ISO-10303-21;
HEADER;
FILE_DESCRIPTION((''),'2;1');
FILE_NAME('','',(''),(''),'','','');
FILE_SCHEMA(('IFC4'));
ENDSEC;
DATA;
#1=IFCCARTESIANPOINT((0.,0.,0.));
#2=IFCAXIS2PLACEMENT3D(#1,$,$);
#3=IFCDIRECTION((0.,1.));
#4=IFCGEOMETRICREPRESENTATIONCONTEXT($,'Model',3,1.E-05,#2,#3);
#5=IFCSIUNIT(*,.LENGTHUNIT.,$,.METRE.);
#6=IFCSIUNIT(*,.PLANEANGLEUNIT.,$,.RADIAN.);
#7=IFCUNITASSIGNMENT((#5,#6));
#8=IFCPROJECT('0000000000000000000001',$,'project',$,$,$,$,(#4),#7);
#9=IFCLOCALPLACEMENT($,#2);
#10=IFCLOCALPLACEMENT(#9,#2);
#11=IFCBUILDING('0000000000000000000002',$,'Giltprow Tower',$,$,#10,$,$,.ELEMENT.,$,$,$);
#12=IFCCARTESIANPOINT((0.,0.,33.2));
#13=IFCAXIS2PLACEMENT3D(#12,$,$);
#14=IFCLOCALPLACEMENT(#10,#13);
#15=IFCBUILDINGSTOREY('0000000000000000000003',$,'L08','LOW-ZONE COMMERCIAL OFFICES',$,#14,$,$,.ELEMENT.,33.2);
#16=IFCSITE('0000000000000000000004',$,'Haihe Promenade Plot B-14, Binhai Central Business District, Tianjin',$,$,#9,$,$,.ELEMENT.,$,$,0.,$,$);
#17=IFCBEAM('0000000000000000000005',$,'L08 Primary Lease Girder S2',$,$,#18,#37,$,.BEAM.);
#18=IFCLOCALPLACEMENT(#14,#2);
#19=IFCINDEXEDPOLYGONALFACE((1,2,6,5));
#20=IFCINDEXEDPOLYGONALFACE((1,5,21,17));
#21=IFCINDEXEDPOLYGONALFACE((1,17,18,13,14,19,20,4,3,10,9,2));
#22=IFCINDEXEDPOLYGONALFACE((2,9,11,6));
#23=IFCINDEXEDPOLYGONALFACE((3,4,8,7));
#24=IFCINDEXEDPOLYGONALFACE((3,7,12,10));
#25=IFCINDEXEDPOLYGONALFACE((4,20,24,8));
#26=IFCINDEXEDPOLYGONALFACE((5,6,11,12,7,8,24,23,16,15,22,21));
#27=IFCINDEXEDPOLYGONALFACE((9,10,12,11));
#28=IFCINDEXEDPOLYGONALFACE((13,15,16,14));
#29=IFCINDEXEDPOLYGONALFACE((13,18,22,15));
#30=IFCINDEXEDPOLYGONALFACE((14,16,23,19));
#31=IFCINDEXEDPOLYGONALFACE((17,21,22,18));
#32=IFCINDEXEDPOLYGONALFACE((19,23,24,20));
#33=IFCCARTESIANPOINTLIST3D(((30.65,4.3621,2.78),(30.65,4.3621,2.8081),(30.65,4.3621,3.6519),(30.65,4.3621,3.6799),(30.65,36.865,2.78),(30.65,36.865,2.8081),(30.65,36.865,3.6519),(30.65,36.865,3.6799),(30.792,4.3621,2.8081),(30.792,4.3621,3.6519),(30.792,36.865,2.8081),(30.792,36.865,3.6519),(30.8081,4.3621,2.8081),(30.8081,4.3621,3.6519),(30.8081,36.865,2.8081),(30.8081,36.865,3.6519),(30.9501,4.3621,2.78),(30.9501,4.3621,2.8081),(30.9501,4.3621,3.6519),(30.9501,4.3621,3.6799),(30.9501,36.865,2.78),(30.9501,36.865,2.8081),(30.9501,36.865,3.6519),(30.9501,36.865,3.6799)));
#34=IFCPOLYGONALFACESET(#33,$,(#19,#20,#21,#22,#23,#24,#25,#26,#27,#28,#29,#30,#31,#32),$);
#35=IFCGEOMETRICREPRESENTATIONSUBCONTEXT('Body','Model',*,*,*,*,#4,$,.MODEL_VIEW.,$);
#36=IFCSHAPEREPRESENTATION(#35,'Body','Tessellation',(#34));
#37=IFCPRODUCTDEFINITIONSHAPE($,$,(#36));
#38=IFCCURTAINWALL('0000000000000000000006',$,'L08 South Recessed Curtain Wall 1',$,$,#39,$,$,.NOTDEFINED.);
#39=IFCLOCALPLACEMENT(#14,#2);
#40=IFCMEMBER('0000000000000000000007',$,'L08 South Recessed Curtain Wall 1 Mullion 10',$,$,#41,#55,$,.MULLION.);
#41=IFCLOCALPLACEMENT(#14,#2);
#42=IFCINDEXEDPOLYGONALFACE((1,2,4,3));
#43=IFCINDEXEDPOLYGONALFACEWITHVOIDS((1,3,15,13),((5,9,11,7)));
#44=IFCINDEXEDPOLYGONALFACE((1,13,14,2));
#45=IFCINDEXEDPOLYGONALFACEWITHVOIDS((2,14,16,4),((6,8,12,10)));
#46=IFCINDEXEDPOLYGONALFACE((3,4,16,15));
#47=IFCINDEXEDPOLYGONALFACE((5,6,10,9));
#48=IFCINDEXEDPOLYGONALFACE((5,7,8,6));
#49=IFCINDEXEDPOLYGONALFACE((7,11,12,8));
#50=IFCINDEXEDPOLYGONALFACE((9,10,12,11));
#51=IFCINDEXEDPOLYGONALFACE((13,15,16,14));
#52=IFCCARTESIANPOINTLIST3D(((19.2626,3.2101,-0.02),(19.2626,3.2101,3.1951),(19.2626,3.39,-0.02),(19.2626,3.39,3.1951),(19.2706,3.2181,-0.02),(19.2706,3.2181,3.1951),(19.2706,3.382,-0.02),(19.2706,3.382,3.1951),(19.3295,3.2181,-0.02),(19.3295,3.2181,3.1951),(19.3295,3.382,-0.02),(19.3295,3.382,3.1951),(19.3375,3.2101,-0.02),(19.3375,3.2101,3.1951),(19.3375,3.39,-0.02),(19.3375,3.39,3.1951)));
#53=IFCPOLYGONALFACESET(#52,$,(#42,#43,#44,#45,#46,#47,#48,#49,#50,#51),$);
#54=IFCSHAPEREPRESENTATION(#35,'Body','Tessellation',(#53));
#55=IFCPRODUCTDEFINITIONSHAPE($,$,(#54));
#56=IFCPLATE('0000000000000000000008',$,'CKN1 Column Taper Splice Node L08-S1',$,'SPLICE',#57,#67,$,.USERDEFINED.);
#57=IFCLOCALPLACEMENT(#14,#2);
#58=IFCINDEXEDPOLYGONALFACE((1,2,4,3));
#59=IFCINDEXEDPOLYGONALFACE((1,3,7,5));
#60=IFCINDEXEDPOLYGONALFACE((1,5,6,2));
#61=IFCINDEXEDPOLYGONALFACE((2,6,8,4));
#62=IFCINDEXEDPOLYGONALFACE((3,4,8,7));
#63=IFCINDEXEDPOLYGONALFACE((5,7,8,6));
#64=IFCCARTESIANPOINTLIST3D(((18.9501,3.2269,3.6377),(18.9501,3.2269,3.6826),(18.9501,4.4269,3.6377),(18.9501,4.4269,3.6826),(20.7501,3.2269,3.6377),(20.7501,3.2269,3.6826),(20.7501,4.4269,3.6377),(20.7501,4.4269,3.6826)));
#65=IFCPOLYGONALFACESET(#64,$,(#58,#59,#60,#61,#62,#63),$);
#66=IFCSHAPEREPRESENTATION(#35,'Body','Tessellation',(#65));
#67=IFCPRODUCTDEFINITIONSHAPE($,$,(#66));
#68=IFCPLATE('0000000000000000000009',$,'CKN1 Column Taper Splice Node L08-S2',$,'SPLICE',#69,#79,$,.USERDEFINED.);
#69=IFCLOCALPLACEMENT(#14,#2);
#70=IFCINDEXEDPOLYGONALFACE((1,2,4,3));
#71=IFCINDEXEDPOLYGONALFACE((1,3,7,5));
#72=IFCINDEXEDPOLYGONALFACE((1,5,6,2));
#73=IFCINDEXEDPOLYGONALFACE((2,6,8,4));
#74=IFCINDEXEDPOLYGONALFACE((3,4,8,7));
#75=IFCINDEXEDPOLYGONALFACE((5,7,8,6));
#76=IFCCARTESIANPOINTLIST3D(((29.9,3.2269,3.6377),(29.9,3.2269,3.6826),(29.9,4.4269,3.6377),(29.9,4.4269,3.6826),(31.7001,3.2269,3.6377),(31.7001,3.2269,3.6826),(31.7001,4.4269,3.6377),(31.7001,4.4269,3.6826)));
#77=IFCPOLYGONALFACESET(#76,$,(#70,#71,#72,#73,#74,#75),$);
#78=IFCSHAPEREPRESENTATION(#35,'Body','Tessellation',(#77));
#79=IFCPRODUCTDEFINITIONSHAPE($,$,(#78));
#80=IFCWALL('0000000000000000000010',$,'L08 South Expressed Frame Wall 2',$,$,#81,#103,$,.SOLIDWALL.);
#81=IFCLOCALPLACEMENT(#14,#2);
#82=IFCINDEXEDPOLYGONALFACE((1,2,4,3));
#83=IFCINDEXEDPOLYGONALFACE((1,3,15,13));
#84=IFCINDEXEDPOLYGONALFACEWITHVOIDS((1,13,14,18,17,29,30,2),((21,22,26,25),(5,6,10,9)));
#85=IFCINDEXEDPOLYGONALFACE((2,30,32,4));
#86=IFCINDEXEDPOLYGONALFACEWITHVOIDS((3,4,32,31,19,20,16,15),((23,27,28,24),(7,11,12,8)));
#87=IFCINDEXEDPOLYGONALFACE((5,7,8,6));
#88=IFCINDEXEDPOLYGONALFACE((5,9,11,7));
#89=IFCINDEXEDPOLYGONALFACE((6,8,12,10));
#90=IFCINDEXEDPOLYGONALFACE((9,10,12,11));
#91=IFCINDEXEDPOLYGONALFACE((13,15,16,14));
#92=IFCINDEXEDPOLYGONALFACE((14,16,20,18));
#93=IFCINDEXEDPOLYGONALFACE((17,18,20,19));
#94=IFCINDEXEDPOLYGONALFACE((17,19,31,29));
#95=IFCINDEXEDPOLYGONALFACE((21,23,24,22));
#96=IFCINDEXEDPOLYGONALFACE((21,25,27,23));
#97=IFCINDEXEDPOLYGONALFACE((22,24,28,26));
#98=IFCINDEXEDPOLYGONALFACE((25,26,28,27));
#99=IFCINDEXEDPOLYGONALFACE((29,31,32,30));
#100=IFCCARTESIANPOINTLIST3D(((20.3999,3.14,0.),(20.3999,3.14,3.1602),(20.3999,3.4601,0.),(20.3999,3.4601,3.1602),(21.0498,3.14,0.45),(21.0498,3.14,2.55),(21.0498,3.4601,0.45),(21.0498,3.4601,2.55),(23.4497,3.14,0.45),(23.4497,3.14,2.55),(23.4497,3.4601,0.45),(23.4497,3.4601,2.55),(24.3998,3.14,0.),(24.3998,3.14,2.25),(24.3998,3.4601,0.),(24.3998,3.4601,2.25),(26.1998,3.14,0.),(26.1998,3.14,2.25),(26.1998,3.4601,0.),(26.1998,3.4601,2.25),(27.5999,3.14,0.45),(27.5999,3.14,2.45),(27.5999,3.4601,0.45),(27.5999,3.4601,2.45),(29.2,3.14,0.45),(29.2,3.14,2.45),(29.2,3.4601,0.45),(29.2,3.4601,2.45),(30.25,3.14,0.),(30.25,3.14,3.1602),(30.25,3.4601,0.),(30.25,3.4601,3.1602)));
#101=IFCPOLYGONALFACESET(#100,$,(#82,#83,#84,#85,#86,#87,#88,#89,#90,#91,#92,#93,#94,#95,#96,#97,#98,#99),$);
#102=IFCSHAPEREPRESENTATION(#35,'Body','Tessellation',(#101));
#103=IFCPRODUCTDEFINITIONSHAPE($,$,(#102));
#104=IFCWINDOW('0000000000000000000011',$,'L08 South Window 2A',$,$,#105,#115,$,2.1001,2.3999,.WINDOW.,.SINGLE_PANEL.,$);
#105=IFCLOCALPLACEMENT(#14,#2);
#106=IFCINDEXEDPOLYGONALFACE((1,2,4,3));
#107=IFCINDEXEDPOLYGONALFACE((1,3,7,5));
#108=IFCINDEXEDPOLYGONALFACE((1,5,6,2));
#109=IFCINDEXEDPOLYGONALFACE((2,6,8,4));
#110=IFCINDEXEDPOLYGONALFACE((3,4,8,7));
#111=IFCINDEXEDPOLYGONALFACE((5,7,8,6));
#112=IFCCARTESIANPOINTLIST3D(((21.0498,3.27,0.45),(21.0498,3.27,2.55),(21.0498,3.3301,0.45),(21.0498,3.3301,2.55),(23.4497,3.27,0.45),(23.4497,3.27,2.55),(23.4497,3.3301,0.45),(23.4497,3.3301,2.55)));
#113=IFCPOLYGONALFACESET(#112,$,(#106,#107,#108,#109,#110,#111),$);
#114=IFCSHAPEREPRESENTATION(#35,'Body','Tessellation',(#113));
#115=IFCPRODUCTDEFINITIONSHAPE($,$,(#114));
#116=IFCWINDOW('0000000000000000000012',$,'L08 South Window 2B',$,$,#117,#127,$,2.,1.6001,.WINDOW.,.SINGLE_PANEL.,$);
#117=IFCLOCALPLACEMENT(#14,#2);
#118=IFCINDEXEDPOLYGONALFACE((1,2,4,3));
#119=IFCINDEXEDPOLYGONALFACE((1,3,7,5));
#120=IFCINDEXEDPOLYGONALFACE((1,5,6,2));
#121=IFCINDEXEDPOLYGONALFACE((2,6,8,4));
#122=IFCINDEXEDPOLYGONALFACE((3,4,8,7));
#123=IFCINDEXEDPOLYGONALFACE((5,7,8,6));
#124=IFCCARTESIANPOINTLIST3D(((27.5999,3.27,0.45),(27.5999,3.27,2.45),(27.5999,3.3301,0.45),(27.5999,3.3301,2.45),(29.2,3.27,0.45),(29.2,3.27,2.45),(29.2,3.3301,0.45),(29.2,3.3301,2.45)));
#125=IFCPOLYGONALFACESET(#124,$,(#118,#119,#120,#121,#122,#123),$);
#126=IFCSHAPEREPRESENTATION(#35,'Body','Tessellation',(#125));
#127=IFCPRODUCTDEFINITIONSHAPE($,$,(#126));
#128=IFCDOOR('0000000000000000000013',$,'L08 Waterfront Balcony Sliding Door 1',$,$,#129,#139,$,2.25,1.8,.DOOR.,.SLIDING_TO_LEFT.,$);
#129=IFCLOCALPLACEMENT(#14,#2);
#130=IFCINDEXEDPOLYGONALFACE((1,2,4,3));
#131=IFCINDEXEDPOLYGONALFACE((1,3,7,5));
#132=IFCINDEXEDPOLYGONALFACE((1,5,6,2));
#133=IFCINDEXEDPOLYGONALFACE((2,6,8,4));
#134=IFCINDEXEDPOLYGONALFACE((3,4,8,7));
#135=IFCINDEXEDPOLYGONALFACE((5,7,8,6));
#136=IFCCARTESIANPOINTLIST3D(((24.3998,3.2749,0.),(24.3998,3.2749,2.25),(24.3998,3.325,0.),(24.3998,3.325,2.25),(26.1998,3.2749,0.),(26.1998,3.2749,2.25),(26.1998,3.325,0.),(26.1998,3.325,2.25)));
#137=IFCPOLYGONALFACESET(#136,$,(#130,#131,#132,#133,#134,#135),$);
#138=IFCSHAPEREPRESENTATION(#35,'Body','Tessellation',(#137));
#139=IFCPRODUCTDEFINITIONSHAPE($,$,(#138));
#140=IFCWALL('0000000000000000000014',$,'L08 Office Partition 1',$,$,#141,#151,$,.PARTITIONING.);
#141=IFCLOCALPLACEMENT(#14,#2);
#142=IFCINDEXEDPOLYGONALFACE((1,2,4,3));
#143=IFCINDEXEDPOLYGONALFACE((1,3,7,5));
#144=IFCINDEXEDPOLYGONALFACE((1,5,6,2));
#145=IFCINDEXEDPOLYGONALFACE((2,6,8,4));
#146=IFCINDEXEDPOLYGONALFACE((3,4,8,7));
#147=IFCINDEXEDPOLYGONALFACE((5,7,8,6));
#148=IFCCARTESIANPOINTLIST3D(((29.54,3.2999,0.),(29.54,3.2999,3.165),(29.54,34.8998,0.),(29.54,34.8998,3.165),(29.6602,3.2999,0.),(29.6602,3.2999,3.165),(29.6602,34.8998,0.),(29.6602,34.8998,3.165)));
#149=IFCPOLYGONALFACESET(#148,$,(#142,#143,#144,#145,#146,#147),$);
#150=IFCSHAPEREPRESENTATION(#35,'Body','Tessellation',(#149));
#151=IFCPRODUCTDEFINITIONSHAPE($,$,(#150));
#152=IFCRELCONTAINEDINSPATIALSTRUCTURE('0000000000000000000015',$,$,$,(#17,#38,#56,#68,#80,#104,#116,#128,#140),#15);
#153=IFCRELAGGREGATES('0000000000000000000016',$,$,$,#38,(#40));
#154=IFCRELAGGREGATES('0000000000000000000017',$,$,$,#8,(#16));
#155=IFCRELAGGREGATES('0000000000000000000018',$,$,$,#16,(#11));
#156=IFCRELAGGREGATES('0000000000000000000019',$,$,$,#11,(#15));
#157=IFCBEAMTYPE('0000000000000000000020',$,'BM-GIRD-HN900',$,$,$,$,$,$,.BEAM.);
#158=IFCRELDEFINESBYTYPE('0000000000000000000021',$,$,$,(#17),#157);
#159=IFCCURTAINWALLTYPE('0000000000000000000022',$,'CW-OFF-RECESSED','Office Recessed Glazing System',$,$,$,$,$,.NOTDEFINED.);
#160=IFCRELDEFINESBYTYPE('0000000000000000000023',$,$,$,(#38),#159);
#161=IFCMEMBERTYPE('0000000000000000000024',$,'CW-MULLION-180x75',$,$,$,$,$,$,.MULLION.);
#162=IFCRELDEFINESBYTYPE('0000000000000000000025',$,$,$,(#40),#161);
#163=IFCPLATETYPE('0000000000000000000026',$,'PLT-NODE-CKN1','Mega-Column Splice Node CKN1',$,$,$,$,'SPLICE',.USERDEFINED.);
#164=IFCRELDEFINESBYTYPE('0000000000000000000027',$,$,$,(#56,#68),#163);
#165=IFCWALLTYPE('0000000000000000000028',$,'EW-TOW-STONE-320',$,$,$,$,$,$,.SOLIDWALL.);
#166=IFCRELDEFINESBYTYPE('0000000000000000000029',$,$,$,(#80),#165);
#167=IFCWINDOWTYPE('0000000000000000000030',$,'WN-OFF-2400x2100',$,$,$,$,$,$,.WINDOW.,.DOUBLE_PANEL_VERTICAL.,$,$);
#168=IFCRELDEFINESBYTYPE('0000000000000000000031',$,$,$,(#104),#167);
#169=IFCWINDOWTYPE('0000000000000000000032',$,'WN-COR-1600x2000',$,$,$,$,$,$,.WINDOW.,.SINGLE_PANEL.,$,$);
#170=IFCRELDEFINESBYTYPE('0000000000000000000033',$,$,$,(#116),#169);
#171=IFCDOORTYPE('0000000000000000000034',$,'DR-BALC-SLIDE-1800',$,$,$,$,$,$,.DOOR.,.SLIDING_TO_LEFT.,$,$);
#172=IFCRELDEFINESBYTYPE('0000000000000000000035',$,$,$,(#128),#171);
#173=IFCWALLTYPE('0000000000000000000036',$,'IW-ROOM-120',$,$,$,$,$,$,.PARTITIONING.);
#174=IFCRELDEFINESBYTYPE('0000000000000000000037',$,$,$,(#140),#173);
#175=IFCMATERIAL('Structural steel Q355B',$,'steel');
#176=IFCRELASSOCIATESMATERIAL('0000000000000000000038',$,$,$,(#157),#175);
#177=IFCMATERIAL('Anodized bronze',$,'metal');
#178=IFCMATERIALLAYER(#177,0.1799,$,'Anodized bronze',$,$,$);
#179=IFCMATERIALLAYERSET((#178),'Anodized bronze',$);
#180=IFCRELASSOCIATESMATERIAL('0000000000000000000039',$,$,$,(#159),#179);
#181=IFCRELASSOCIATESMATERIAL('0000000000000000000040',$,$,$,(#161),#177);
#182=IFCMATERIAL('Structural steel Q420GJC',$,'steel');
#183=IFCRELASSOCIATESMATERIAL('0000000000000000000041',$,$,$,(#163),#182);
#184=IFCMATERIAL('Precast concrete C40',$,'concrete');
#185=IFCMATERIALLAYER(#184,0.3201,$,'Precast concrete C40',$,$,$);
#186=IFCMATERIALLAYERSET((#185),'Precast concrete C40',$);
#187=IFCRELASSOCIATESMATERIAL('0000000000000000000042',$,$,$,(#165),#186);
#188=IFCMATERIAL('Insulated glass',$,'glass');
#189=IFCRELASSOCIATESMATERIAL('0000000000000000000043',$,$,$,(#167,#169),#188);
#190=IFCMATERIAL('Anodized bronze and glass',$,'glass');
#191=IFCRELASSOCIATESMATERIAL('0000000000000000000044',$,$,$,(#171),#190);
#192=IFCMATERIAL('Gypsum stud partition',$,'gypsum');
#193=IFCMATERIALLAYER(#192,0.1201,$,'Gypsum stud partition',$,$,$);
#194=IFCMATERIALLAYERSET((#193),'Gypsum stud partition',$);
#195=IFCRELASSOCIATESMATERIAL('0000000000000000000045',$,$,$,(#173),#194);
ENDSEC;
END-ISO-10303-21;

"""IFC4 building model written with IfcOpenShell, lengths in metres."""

from ifc_helpers import new_model, si_unit, direction, frame, frame_2d, origin, origin_2d, place, context, subcontext, project, spatial, rectangle, hollow_rectangle, i_section, extrude, source, transform, mapped, material, layer, layer_set, material_profile, profile_set, type_object, element, fill, aggregate, save


model = new_model("IFC4")

# Units and contexts
model_context = context("Model", 3, precision=1e-05, world=origin(), true_north=direction((0.0, 1.0)))
body_context = subcontext(model_context, "Body", "Model", "MODEL_VIEW")
ifc_project = project(units=[si_unit("LENGTHUNIT", "METRE"), si_unit("PLANEANGLEUNIT", "RADIAN")], contexts=[model_context])

# Site, building, storey
site_placement = place(None, origin())
site = spatial("IfcSite", under=ifc_project, at=site_placement, Name="Haihe Promenade Plot B-14, Binhai Central Business District, Tianjin", CompositionType="ELEMENT", RefElevation=0.0)
building_placement = place(site_placement, origin())
building = spatial("IfcBuilding", under=site, at=building_placement, Name="Giltprow Tower", CompositionType="ELEMENT")
storey_placement = place(building_placement, frame((0.0, 0.0, 33.2)))
storey = spatial("IfcBuildingStorey", under=building, at=storey_placement, Name="L08", Description="LOW-ZONE COMMERCIAL OFFICES", CompositionType="ELEMENT", Elevation=33.2)

# Shared definitions
ifc_material_1 = material(Name="Structural steel Q420GJC", Category="steel")

# Beam
ifc_material_2 = material(Name="Structural steel Q355B", Category="steel")
ifc_material_profile_1 = material_profile(ifc_material_2, i_section(OverallWidth=0.3, OverallDepth=0.8999, WebThickness=0.0161, FlangeThickness=0.0281, at=origin_2d()), Name="HN 900x300x16x28")
ifc_profile_set_1 = profile_set([ifc_material_profile_1], Name="Structural steel Q355B")
beam_type_1 = type_object("IfcBeamType", Name="BM-GIRD-HN900", PredefinedType="BEAM", material=ifc_profile_set_1)
shared_shape_1 = source(origin(), body_context, "Body", "SweptSolid", [
    extrude(i_section(OverallWidth=0.3, OverallDepth=0.8999, WebThickness=0.0161, FlangeThickness=0.0281, at=origin_2d()), origin(), (0.0, 0.0, 1.0), 32.5029),
])
for number, where, z_axis, x_axis, name in (
    (1, (30.8, 4.3621, 3.23), (0.0, 1.0, 0.0), (-1.0, 0.0, 0.0), "L08 Primary Lease Girder S2"),
):
    element("IfcBeam", number, at=place(storey_placement, frame(where, z_axis=z_axis, x_axis=x_axis)), inside=storey, type_object=beam_type_1, Name=name, PredefinedType="BEAM", context=body_context, shape_type="MappedRepresentation", body=[
        mapped(shared_shape_1, transform((0.0, 0.0, 0.0), x_axis=(1.0, 0.0, 0.0), y_axis=(0.0, 1.0, 0.0), z_axis=(0.0, 0.0, 1.0), scale=1.0)),
    ])

# Curtain wall, member
ifc_material_3 = material(Name="Anodized bronze", Category="metal")
ifc_layer_1 = layer(ifc_material_3, 0.1799, Name="Anodized bronze")
ifc_layer_set_1 = layer_set([ifc_layer_1], Name="Anodized bronze")
curtain_wall_type = type_object("IfcCurtainWallType", Name="CW-OFF-RECESSED", Description="Office Recessed Glazing System", PredefinedType="NOTDEFINED", material=ifc_layer_set_1)
curtain_wall_placement = place(storey_placement, origin())
curtain_wall = element("IfcCurtainWall", 2, at=curtain_wall_placement, inside=storey, type_object=curtain_wall_type, Name="L08 South Recessed Curtain Wall 1", PredefinedType="NOTDEFINED")
ifc_material_profile_2 = material_profile(ifc_material_3, hollow_rectangle(XDim=0.075, YDim=0.1799, WallThickness=0.0081, at=origin_2d()), Name="RHS 180x75x8")
ifc_profile_set_2 = profile_set([ifc_material_profile_2], Name="Anodized bronze")
member_type = type_object("IfcMemberType", Name="CW-MULLION-180x75", PredefinedType="MULLION", material=ifc_profile_set_2)
shared_shape_2 = source(origin(), body_context, "Body", "SweptSolid", [
    extrude(hollow_rectangle(XDim=0.075, YDim=0.1799, WallThickness=0.0081, at=origin_2d()), origin(), (0.0, 0.0, 1.0), 3.2151),
])
member_placement = place(storey_placement, frame((19.3, 3.3, -0.02), z_axis=(0.0, 0.0, 1.0), x_axis=(1.0, 0.0, 0.0)))
member = element("IfcMember", 3, at=member_placement, type_object=member_type, Name="L08 South Recessed Curtain Wall 1 Mullion 10", PredefinedType="MULLION", context=body_context, shape_type="MappedRepresentation", body=[
    mapped(shared_shape_2, transform((0.0, 0.0, 0.0), x_axis=(1.0, 0.0, 0.0), y_axis=(0.0, 1.0, 0.0), z_axis=(0.0, 0.0, 1.0), scale=1.0)),
])
aggregate(curtain_wall, [member])

# Plates
plate_type = type_object("IfcPlateType", Name="PLT-NODE-CKN1", Description="Mega-Column Splice Node CKN1", ElementType="SPLICE", PredefinedType="USERDEFINED", material=ifc_material_1)
shared_shape_3 = source(origin(), body_context, "Body", "SweptSolid", [
    extrude(rectangle(XDim=1.8, YDim=1.2, at=origin_2d()), origin(), (0.0, 0.0, 1.0), 0.0449),
])
for number, where, z_axis, x_axis, name in (
    (4, (19.8501, 3.8269, 3.6377), (0.0, 0.0, 1.0), (1.0, 0.0, 0.0), "CKN1 Column Taper Splice Node L08-S1"),
    (5, (30.8, 3.8269, 3.6377), (0.0, 0.0, 1.0), (1.0, 0.0, 0.0), "CKN1 Column Taper Splice Node L08-S2"),
):
    element("IfcPlate", number, at=place(storey_placement, frame(where, z_axis=z_axis, x_axis=x_axis)), inside=storey, type_object=plate_type, Name=name, ObjectType="SPLICE", PredefinedType="USERDEFINED", context=body_context, shape_type="MappedRepresentation", body=[
        mapped(shared_shape_3, transform((0.0, 0.0, 0.0), x_axis=(1.0, 0.0, 0.0), y_axis=(0.0, 1.0, 0.0), z_axis=(0.0, 0.0, 1.0), scale=1.0)),
    ])

# Wall, openings, windows, door
ifc_material_4 = material(Name="Precast concrete C40", Category="concrete")
ifc_layer_2 = layer(ifc_material_4, 0.3201, Name="Precast concrete C40")
ifc_layer_set_2 = layer_set([ifc_layer_2], Name="Precast concrete C40")
wall_type_1 = type_object("IfcWallType", Name="EW-TOW-STONE-320", PredefinedType="SOLIDWALL", material=ifc_layer_set_2)
wall_1_placement = place(storey_placement, frame((20.3999, 3.3, 0.0), z_axis=(0.0, 0.0, 1.0), x_axis=(1.0, 0.0, 0.0)))
wall_1 = element("IfcWall", 6, at=wall_1_placement, inside=storey, type_object=wall_type_1, Name="L08 South Expressed Frame Wall 2", PredefinedType="SOLIDWALL", context=body_context, shape_type="SweptSolid", body=[
    extrude(rectangle(XDim=9.8501, YDim=0.3201, at=frame_2d((4.925, 0.0))), origin(), (0.0, 0.0, 1.0), 3.1602),
])
opening_1_placement = place(wall_1_placement, frame((4.0, 0.0, 0.0)))
opening_1 = element("IfcOpeningElement", 7, at=opening_1_placement, cuts=wall_1, PredefinedType="OPENING", context=body_context, shape_type="SweptSolid", body=[
    extrude(rectangle(XDim=1.8, YDim=2.25, at=frame_2d((0.8999, 1.125))), frame((0.0, 0.1699, 0.0), z_axis=(0.0, -1.0, 0.0), x_axis=(1.0, 0.0, 0.0)), (0.0, 0.0, 1.0), 0.3401),
])
opening_2_placement = place(wall_1_placement, frame((0.6499, 0.0, 0.45)))
opening_2 = element("IfcOpeningElement", 8, at=opening_2_placement, cuts=wall_1, PredefinedType="OPENING", context=body_context, shape_type="SweptSolid", body=[
    extrude(rectangle(XDim=2.3999, YDim=2.1001, at=frame_2d((1.2, 1.05))), frame((0.0, 0.1699, 0.0), z_axis=(0.0, -1.0, 0.0), x_axis=(1.0, 0.0, 0.0)), (0.0, 0.0, 1.0), 0.3401),
])
opening_3_placement = place(wall_1_placement, frame((7.2, 0.0, 0.45)))
opening_3 = element("IfcOpeningElement", 9, at=opening_3_placement, cuts=wall_1, PredefinedType="OPENING", context=body_context, shape_type="SweptSolid", body=[
    extrude(rectangle(XDim=1.6001, YDim=2.0, at=frame_2d((0.8, 1.0))), frame((0.0, 0.1699, 0.0), z_axis=(0.0, -1.0, 0.0), x_axis=(1.0, 0.0, 0.0)), (0.0, 0.0, 1.0), 0.3401),
])
ifc_material_5 = material(Name="Insulated glass", Category="glass")
window_type_1 = type_object("IfcWindowType", Name="WN-OFF-2400x2100", PartitioningType="DOUBLE_PANEL_VERTICAL", PredefinedType="WINDOW", material=ifc_material_5)
shared_shape_4 = source(origin(), body_context, "Body", "SweptSolid", [
    extrude(rectangle(XDim=2.3999, YDim=2.1001, at=frame_2d((1.2, 1.05))), frame((0.0, 0.03, 0.0), z_axis=(0.0, -1.0, 0.0), x_axis=(1.0, 0.0, 0.0)), (0.0, 0.0, 1.0), 0.0601),
])
window_1_placement = place(opening_2_placement, origin())
window_1 = element("IfcWindow", 10, at=window_1_placement, inside=storey, type_object=window_type_1, Name="L08 South Window 2A", OverallHeight=2.1001, OverallWidth=2.3999, PartitioningType="SINGLE_PANEL", PredefinedType="WINDOW", context=body_context, shape_type="MappedRepresentation", body=[
    mapped(shared_shape_4, transform((0.0, 0.0, 0.0), x_axis=(1.0, 0.0, 0.0), y_axis=(0.0, 1.0, 0.0), z_axis=(0.0, 0.0, 1.0), scale=1.0)),
])
fill(opening_2, window_1)
window_type_2 = type_object("IfcWindowType", Name="WN-COR-1600x2000", PartitioningType="SINGLE_PANEL", PredefinedType="WINDOW", material=ifc_material_5)
shared_shape_5 = source(origin(), body_context, "Body", "SweptSolid", [
    extrude(rectangle(XDim=1.6001, YDim=2.0, at=frame_2d((0.8, 1.0))), frame((0.0, 0.03, 0.0), z_axis=(0.0, -1.0, 0.0), x_axis=(1.0, 0.0, 0.0)), (0.0, 0.0, 1.0), 0.0601),
])
window_2_placement = place(opening_3_placement, origin())
window_2 = element("IfcWindow", 11, at=window_2_placement, inside=storey, type_object=window_type_2, Name="L08 South Window 2B", OverallHeight=2.0, OverallWidth=1.6001, PartitioningType="SINGLE_PANEL", PredefinedType="WINDOW", context=body_context, shape_type="MappedRepresentation", body=[
    mapped(shared_shape_5, transform((0.0, 0.0, 0.0), x_axis=(1.0, 0.0, 0.0), y_axis=(0.0, 1.0, 0.0), z_axis=(0.0, 0.0, 1.0), scale=1.0)),
])
fill(opening_3, window_2)
ifc_material_6 = material(Name="Anodized bronze and glass", Category="glass")
door_type = type_object("IfcDoorType", Name="DR-BALC-SLIDE-1800", OperationType="SLIDING_TO_LEFT", PredefinedType="DOOR", material=ifc_material_6)
shared_shape_6 = source(origin(), body_context, "Body", "SweptSolid", [
    extrude(rectangle(XDim=1.8, YDim=2.25, at=frame_2d((0.8999, 1.125))), frame((0.0, 0.0249, 0.0), z_axis=(0.0, -1.0, 0.0), x_axis=(1.0, 0.0, 0.0)), (0.0, 0.0, 1.0), 0.05),
])
door_placement = place(opening_1_placement, origin())
door = element("IfcDoor", 12, at=door_placement, inside=storey, type_object=door_type, Name="L08 Waterfront Balcony Sliding Door 1", OperationType="SLIDING_TO_LEFT", OverallHeight=2.25, OverallWidth=1.8, PredefinedType="DOOR", context=body_context, shape_type="MappedRepresentation", body=[
    mapped(shared_shape_6, transform((0.0, 0.0, 0.0), x_axis=(1.0, 0.0, 0.0), y_axis=(0.0, 1.0, 0.0), z_axis=(0.0, 0.0, 1.0), scale=1.0)),
])
fill(opening_1, door)

# Wall
ifc_material_7 = material(Name="Gypsum stud partition", Category="gypsum")
ifc_layer_3 = layer(ifc_material_7, 0.1201, Name="Gypsum stud partition")
ifc_layer_set_3 = layer_set([ifc_layer_3], Name="Gypsum stud partition")
wall_type_2 = type_object("IfcWallType", Name="IW-ROOM-120", PredefinedType="PARTITIONING", material=ifc_layer_set_3)
wall_2_placement = place(storey_placement, frame((29.6001, 3.3, 0.0), z_axis=(0.0, 0.0, 1.0), x_axis=(0.0, 1.0, 0.0)))
element("IfcWall", 13, at=wall_2_placement, inside=storey, type_object=wall_type_2, Name="L08 Office Partition 1", PredefinedType="PARTITIONING", context=body_context, shape_type="SweptSolid", body=[
    extrude(rectangle(XDim=31.5999, YDim=0.1201, at=frame_2d((15.7998, 0.0))), origin(), (0.0, 0.0, 1.0), 3.165),
])

save(model, "model.ifc")
